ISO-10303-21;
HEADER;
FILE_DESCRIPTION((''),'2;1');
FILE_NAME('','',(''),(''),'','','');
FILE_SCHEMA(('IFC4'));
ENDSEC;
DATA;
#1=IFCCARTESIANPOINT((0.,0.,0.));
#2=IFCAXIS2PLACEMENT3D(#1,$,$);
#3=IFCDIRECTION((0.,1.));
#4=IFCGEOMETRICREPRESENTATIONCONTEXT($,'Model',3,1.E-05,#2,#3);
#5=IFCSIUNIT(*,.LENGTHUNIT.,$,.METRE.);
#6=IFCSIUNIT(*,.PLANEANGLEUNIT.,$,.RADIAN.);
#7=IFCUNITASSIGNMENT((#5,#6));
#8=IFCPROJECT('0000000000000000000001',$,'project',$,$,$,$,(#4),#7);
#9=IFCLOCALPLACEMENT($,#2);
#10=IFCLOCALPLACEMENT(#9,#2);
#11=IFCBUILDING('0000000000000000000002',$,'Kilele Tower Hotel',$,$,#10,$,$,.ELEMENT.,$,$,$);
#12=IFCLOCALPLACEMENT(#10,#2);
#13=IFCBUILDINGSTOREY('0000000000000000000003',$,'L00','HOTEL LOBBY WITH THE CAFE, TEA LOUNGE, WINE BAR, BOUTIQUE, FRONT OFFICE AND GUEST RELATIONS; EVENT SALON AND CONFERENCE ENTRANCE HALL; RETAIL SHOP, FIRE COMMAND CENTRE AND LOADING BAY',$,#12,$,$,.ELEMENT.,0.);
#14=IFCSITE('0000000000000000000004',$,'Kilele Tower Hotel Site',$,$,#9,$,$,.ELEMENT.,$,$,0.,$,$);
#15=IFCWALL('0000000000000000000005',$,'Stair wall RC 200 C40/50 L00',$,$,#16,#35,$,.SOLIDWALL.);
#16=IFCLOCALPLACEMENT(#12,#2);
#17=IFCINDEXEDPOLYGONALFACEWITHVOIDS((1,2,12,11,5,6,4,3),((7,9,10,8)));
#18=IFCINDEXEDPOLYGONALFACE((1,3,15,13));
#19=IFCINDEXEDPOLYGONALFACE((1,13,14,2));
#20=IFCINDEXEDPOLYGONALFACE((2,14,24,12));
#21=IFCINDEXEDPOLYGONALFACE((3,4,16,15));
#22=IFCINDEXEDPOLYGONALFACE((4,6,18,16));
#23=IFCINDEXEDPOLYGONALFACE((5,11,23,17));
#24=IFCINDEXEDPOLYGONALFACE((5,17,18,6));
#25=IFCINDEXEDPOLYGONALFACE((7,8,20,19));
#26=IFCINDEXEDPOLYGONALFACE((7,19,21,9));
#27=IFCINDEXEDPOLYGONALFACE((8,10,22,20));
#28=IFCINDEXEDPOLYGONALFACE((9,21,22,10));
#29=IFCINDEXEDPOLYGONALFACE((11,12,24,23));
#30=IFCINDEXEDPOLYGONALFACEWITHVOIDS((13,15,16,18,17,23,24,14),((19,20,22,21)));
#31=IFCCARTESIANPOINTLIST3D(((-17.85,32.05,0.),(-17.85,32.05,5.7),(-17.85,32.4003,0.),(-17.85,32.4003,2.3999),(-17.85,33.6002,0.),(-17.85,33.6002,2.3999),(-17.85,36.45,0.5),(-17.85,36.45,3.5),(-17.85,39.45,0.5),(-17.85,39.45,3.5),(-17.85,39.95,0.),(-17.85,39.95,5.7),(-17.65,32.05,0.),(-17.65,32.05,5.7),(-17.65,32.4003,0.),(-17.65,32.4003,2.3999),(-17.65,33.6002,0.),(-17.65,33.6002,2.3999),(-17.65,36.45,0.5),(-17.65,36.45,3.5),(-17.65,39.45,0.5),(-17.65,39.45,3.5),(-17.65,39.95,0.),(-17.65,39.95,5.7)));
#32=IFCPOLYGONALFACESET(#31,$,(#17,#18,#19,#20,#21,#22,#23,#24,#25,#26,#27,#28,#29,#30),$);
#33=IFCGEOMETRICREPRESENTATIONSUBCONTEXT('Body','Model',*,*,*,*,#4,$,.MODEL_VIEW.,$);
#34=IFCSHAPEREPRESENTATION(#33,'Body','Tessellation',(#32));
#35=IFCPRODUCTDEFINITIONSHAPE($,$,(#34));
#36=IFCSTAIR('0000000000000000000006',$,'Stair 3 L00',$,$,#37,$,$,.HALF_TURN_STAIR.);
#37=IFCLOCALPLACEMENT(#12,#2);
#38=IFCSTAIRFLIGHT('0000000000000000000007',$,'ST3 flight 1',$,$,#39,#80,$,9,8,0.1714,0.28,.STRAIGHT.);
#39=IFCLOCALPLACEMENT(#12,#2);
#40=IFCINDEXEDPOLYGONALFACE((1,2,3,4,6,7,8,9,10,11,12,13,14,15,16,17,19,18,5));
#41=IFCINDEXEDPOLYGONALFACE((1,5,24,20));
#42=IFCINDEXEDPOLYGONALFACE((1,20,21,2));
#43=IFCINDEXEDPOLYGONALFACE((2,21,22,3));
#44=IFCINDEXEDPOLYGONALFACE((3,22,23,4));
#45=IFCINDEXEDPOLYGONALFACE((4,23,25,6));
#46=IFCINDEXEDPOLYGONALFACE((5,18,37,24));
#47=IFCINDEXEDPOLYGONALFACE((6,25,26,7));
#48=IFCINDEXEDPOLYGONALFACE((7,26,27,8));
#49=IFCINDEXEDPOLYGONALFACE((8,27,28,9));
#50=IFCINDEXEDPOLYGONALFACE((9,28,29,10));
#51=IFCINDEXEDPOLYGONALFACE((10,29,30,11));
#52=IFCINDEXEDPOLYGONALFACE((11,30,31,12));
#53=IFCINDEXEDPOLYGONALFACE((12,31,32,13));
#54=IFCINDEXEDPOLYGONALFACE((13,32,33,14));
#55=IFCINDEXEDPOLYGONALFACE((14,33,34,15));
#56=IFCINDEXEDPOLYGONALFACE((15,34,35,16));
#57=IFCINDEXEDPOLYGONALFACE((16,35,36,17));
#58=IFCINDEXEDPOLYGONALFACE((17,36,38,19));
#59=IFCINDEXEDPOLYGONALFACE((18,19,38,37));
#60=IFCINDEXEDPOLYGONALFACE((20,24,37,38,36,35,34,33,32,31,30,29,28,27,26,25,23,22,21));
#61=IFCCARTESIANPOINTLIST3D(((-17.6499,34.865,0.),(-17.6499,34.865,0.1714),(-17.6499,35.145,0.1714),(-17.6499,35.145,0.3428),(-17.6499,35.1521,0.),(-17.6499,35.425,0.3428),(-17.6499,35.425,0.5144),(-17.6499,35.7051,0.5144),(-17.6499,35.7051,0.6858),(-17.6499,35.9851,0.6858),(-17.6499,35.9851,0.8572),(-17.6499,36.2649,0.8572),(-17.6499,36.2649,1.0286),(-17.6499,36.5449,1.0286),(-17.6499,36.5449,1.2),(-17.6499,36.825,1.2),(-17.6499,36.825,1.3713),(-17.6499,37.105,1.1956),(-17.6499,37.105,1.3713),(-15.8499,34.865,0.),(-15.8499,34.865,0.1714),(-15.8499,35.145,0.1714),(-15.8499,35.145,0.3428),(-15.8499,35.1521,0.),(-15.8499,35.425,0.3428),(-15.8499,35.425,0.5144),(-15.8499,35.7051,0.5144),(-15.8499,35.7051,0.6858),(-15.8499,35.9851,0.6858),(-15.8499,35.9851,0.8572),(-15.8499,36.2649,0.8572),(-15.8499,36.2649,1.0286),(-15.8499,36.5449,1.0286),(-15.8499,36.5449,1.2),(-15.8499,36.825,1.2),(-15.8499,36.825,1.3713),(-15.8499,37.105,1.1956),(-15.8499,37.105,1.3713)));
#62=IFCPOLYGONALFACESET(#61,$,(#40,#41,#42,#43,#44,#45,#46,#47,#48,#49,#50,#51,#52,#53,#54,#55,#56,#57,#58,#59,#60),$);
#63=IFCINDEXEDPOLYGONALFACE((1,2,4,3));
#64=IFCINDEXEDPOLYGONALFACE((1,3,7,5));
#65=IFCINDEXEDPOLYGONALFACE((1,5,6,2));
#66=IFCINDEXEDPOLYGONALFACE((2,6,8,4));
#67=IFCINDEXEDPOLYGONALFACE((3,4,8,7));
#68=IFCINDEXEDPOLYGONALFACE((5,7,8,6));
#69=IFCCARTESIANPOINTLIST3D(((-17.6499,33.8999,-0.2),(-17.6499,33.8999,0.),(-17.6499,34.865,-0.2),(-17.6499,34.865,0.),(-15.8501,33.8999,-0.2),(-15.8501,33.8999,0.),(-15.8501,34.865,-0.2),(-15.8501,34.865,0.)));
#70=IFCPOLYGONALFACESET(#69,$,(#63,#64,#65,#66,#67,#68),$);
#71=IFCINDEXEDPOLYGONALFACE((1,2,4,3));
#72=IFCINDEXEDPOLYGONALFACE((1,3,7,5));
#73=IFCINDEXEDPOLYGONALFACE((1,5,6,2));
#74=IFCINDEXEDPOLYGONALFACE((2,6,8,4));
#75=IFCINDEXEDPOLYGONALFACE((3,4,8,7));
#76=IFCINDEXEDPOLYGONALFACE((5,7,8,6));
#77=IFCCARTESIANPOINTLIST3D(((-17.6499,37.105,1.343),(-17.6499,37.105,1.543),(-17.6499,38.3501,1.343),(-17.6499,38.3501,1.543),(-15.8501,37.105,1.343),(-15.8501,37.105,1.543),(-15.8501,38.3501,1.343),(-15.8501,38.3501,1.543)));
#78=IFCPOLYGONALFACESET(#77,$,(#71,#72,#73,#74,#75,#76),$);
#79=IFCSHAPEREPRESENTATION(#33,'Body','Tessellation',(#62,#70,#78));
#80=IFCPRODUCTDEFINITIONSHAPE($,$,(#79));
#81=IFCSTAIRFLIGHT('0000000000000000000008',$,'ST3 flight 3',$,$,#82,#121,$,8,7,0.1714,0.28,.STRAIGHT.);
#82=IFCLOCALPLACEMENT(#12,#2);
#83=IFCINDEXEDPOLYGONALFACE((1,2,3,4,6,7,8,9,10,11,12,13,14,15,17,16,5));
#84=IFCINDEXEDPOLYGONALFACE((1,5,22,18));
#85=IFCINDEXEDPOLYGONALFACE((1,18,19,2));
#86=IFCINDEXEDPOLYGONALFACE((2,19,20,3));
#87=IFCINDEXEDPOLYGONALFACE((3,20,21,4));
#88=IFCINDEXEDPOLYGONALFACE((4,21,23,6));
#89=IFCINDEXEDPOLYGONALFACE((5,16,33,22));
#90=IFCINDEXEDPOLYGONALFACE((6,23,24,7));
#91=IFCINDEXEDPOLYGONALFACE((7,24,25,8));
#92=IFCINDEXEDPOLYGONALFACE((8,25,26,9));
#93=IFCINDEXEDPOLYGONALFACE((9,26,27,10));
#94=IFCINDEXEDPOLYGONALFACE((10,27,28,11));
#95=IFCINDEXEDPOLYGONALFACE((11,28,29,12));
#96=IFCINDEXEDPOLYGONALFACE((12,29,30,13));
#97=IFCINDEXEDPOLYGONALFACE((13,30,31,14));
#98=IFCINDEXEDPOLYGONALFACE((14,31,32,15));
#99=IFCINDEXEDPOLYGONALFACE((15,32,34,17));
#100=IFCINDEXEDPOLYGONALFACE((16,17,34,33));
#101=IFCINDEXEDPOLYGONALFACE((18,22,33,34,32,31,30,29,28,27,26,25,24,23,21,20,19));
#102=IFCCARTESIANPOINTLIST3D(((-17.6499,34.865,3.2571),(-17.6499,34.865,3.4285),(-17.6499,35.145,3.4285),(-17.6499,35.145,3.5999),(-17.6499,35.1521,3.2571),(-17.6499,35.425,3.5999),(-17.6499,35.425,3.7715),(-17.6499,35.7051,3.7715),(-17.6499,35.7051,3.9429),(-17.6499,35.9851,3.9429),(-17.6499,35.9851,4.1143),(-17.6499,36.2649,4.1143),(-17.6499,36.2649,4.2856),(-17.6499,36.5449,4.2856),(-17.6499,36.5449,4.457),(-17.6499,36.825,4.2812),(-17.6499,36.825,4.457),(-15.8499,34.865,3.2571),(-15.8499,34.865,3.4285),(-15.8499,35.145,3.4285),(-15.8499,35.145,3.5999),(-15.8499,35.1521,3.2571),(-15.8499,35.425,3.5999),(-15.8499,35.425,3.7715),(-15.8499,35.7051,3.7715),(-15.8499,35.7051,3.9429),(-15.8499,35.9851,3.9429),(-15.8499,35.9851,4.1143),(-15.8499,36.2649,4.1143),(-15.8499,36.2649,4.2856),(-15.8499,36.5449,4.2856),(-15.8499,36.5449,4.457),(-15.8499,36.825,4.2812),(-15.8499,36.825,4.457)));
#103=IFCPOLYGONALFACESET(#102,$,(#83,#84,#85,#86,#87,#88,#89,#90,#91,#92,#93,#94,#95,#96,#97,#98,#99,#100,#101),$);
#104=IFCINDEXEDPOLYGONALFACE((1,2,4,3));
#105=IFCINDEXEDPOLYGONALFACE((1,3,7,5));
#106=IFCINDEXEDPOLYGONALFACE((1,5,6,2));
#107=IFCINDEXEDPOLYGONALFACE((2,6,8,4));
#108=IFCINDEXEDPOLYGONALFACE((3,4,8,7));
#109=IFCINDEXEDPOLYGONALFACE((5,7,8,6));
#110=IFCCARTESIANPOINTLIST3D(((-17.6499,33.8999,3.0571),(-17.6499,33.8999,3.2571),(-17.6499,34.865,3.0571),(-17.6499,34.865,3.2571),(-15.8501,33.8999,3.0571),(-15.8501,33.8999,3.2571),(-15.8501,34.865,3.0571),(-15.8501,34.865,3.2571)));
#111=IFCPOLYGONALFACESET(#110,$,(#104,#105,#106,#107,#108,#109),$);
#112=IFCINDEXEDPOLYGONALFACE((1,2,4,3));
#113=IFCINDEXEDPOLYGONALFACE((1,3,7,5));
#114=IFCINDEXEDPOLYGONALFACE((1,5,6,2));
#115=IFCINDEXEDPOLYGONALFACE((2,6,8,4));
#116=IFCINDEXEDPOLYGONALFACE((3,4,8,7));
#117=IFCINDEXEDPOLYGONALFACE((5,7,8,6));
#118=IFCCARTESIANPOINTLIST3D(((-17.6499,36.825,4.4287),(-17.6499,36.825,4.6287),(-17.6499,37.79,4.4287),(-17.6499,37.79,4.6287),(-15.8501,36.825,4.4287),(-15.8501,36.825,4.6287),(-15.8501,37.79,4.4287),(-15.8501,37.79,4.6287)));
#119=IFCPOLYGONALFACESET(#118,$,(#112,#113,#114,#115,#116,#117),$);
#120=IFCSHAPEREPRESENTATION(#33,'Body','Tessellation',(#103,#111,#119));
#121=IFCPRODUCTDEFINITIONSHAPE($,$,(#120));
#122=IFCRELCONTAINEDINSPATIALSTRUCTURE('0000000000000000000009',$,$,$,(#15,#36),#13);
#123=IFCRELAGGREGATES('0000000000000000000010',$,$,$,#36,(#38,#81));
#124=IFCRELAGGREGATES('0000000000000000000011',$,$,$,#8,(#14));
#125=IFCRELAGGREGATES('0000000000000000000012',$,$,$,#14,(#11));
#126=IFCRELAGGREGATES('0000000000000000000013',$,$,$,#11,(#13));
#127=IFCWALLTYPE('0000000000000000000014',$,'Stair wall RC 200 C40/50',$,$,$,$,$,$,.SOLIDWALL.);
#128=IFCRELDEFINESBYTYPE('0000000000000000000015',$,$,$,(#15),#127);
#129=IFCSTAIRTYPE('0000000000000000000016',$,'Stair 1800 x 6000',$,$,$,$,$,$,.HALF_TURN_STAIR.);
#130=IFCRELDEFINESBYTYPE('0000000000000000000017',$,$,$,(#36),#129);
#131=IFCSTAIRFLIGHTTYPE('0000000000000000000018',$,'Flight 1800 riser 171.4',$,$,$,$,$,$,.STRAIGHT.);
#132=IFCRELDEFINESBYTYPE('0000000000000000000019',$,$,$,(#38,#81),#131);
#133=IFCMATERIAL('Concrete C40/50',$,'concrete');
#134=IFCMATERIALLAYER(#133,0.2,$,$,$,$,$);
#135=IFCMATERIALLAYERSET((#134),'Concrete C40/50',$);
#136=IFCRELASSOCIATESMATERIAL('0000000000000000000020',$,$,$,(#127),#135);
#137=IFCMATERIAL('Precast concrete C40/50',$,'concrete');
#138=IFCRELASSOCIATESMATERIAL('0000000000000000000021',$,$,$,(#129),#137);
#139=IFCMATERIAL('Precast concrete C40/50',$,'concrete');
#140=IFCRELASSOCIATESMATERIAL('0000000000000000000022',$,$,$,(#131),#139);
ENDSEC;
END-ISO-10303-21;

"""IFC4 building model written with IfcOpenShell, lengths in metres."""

from ifc_helpers import new_model, si_unit, direction, frame, frame_2d, origin, place, context, subcontext, project, spatial, polyline, rectangle, outline, extrude, material, layer, layer_set, type_object, element, aggregate, save


model = new_model("IFC4")

# Units and contexts
model_context = context("Model", 3, precision=1e-05, world=origin(), true_north=direction((0.0, 1.0)))
body_context = subcontext(model_context, "Body", "Model", "MODEL_VIEW")
ifc_project = project(units=[si_unit("LENGTHUNIT", "METRE"), si_unit("PLANEANGLEUNIT", "RADIAN")], contexts=[model_context])

# Site, building, storey
site_placement = place(None, origin())
site = spatial("IfcSite", under=ifc_project, at=site_placement, Name="Kilele Tower Hotel Site", CompositionType="ELEMENT", RefElevation=0.0)
building_placement = place(site_placement, origin())
building = spatial("IfcBuilding", under=site, at=building_placement, Name="Kilele Tower Hotel", CompositionType="ELEMENT")
storey_placement = place(building_placement, origin())
storey = spatial("IfcBuildingStorey", under=building, at=storey_placement, Name="L00", Description="HOTEL LOBBY WITH THE CAFE, TEA LOUNGE, WINE BAR, BOUTIQUE, FRONT OFFICE AND GUEST RELATIONS; EVENT SALON AND CONFERENCE ENTRANCE HALL; RETAIL SHOP, FIRE COMMAND CENTRE AND LOADING BAY", CompositionType="ELEMENT", Elevation=0.0)

# Shared definitions
ifc_material_1 = material(Name="Concrete C40/50", Category="concrete")
ifc_layer_1 = layer(ifc_material_1, 0.2)
ifc_layer_set_1 = layer_set([ifc_layer_1], Name="Concrete C40/50")
wall_type_1 = type_object("IfcWallType", Name="Stair wall RC 200 C40/50", PredefinedType="SOLIDWALL", material=ifc_layer_set_1)

# Wall, openings
wall_1_placement = place(storey_placement, frame((-17.75, 32.05, 0.0), z_axis=(0.0, 0.0, 1.0), x_axis=(0.0, 1.0, 0.0)))
wall_1 = element("IfcWall", 1, at=wall_1_placement, inside=storey, type_object=wall_type_1, Name="Stair wall RC 200 C40/50 L00", PredefinedType="SOLIDWALL", context=body_context, shape_type="SweptSolid", body=[
    extrude(rectangle(XDim=7.8999, YDim=0.2, at=frame_2d((3.95, 0.0))), origin(), (0.0, 0.0, 1.0), 5.7),
])
opening_1_placement = place(wall_1_placement, frame((0.3501, 0.0, 0.0)))
element("IfcOpeningElement", 2, at=opening_1_placement, cuts=wall_1, PredefinedType="OPENING", context=body_context, shape_type="SweptSolid", body=[
    extrude(rectangle(XDim=1.2, YDim=2.3999, at=frame_2d((0.6001, 1.2))), frame((0.0, 0.1099, 0.0), z_axis=(0.0, -1.0, 0.0), x_axis=(1.0, 0.0, 0.0)), (0.0, 0.0, 1.0), 0.22),
])
opening_2_placement = place(wall_1_placement, frame((4.3999, 0.0, 0.5)))
element("IfcOpeningElement", 3, at=opening_2_placement, cuts=wall_1, PredefinedType="OPENING", context=body_context, shape_type="SweptSolid", body=[
    extrude(rectangle(XDim=3.0, YDim=3.0, at=frame_2d((1.5, 1.5))), frame((0.0, 0.1099, 0.0), z_axis=(0.0, -1.0, 0.0), x_axis=(1.0, 0.0, 0.0)), (0.0, 0.0, 1.0), 0.22),
])

# Stair, stair flights
ifc_material_2 = material(Name="Precast concrete C40/50", Category="concrete")
stair_type = type_object("IfcStairType", Name="Stair 1800 x 6000", PredefinedType="HALF_TURN_STAIR", material=ifc_material_2)
stair_placement = place(storey_placement, origin())
stair = element("IfcStair", 4, at=stair_placement, inside=storey, type_object=stair_type, Name="Stair 3 L00", PredefinedType="HALF_TURN_STAIR")
ifc_material_3 = material(Name="Precast concrete C40/50", Category="concrete")
stair_flight_type = type_object("IfcStairFlightType", Name="Flight 1800 riser 171.4", PredefinedType="STRAIGHT", material=ifc_material_3)
stair_flight_1_placement = place(storey_placement, frame((-16.75, 34.865, 0.0), z_axis=(0.0, 0.0, 1.0), x_axis=(0.0, 1.0, 0.0)))
stair_flight_1 = element("IfcStairFlight", 5, at=stair_flight_1_placement, type_object=stair_flight_type, Name="ST3 flight 1", NumberOfRisers=9, NumberOfTreads=8, PredefinedType="STRAIGHT", RiserHeight=0.1714, TreadLength=0.28, context=body_context, shape_type="SweptSolid", body=[
    extrude(outline(polyline([(0.0, 0.0), (0.0, 0.1714), (0.28, 0.1714), (0.28, 0.3428), (0.5601, 0.3428), (0.5601, 0.5144), (0.8401, 0.5144), (0.8401, 0.6858), (1.1201, 0.6858), (1.1201, 0.8572), (1.3999, 0.8572), (1.3999, 1.0286), (1.6799, 1.0286), (1.6799, 1.2), (1.96, 1.2), (1.96, 1.3713), (2.24, 1.3713), (2.24, 1.543), (2.24, 1.1956), (0.2871, 0.0), (0.0, 0.0)])), frame((0.0, 0.8999, 0.0), z_axis=(0.0, -1.0, 0.0), x_axis=(1.0, 0.0, 0.0)), (0.0, 0.0, 1.0), 1.8),
    extrude(outline(polyline([(-0.9651, 0.8999), (-0.9651, -0.8999), (0.0, -0.8999), (0.0, 0.8999), (-0.9651, 0.8999)])), frame((0.0, 0.0, -0.2)), (0.0, 0.0, 1.0), 0.2),
    extrude(outline(polyline([(2.24, 0.8999), (2.24, -0.8999), (3.4851, -0.8999), (3.4851, 0.8999), (2.24, 0.8999)])), frame((0.0, 0.0, 1.343)), (0.0, 0.0, 1.0), 0.2),
])
stair_flight_2_placement = place(storey_placement, frame((-16.75, 34.865, 3.2571), z_axis=(0.0, 0.0, 1.0), x_axis=(0.0, 1.0, 0.0)))
stair_flight_2 = element("IfcStairFlight", 6, at=stair_flight_2_placement, type_object=stair_flight_type, Name="ST3 flight 3", NumberOfRisers=8, NumberOfTreads=7, PredefinedType="STRAIGHT", RiserHeight=0.1714, TreadLength=0.28, context=body_context, shape_type="SweptSolid", body=[
    extrude(outline(polyline([(0.0, 0.0), (0.0, 0.1714), (0.28, 0.1714), (0.28, 0.3428), (0.5601, 0.3428), (0.5601, 0.5144), (0.8401, 0.5144), (0.8401, 0.6858), (1.1201, 0.6858), (1.1201, 0.8572), (1.3999, 0.8572), (1.3999, 1.0286), (1.6799, 1.0286), (1.6799, 1.2), (1.96, 1.2), (1.96, 1.3713), (1.96, 1.0242), (0.2871, 0.0), (0.0, 0.0)])), frame((0.0, 0.8999, 0.0), z_axis=(0.0, -1.0, 0.0), x_axis=(1.0, 0.0, 0.0)), (0.0, 0.0, 1.0), 1.8),
    extrude(outline(polyline([(-0.9651, 0.8999), (-0.9651, -0.8999), (0.0, -0.8999), (0.0, 0.8999), (-0.9651, 0.8999)])), frame((0.0, 0.0, -0.2)), (0.0, 0.0, 1.0), 0.2),
    extrude(outline(polyline([(1.96, 0.8999), (1.96, -0.8999), (2.925, -0.8999), (2.925, 0.8999), (1.96, 0.8999)])), frame((0.0, 0.0, 1.1716)), (0.0, 0.0, 1.0), 0.2),
])
aggregate(stair, [stair_flight_1, stair_flight_2])

save(model, "model.ifc")
